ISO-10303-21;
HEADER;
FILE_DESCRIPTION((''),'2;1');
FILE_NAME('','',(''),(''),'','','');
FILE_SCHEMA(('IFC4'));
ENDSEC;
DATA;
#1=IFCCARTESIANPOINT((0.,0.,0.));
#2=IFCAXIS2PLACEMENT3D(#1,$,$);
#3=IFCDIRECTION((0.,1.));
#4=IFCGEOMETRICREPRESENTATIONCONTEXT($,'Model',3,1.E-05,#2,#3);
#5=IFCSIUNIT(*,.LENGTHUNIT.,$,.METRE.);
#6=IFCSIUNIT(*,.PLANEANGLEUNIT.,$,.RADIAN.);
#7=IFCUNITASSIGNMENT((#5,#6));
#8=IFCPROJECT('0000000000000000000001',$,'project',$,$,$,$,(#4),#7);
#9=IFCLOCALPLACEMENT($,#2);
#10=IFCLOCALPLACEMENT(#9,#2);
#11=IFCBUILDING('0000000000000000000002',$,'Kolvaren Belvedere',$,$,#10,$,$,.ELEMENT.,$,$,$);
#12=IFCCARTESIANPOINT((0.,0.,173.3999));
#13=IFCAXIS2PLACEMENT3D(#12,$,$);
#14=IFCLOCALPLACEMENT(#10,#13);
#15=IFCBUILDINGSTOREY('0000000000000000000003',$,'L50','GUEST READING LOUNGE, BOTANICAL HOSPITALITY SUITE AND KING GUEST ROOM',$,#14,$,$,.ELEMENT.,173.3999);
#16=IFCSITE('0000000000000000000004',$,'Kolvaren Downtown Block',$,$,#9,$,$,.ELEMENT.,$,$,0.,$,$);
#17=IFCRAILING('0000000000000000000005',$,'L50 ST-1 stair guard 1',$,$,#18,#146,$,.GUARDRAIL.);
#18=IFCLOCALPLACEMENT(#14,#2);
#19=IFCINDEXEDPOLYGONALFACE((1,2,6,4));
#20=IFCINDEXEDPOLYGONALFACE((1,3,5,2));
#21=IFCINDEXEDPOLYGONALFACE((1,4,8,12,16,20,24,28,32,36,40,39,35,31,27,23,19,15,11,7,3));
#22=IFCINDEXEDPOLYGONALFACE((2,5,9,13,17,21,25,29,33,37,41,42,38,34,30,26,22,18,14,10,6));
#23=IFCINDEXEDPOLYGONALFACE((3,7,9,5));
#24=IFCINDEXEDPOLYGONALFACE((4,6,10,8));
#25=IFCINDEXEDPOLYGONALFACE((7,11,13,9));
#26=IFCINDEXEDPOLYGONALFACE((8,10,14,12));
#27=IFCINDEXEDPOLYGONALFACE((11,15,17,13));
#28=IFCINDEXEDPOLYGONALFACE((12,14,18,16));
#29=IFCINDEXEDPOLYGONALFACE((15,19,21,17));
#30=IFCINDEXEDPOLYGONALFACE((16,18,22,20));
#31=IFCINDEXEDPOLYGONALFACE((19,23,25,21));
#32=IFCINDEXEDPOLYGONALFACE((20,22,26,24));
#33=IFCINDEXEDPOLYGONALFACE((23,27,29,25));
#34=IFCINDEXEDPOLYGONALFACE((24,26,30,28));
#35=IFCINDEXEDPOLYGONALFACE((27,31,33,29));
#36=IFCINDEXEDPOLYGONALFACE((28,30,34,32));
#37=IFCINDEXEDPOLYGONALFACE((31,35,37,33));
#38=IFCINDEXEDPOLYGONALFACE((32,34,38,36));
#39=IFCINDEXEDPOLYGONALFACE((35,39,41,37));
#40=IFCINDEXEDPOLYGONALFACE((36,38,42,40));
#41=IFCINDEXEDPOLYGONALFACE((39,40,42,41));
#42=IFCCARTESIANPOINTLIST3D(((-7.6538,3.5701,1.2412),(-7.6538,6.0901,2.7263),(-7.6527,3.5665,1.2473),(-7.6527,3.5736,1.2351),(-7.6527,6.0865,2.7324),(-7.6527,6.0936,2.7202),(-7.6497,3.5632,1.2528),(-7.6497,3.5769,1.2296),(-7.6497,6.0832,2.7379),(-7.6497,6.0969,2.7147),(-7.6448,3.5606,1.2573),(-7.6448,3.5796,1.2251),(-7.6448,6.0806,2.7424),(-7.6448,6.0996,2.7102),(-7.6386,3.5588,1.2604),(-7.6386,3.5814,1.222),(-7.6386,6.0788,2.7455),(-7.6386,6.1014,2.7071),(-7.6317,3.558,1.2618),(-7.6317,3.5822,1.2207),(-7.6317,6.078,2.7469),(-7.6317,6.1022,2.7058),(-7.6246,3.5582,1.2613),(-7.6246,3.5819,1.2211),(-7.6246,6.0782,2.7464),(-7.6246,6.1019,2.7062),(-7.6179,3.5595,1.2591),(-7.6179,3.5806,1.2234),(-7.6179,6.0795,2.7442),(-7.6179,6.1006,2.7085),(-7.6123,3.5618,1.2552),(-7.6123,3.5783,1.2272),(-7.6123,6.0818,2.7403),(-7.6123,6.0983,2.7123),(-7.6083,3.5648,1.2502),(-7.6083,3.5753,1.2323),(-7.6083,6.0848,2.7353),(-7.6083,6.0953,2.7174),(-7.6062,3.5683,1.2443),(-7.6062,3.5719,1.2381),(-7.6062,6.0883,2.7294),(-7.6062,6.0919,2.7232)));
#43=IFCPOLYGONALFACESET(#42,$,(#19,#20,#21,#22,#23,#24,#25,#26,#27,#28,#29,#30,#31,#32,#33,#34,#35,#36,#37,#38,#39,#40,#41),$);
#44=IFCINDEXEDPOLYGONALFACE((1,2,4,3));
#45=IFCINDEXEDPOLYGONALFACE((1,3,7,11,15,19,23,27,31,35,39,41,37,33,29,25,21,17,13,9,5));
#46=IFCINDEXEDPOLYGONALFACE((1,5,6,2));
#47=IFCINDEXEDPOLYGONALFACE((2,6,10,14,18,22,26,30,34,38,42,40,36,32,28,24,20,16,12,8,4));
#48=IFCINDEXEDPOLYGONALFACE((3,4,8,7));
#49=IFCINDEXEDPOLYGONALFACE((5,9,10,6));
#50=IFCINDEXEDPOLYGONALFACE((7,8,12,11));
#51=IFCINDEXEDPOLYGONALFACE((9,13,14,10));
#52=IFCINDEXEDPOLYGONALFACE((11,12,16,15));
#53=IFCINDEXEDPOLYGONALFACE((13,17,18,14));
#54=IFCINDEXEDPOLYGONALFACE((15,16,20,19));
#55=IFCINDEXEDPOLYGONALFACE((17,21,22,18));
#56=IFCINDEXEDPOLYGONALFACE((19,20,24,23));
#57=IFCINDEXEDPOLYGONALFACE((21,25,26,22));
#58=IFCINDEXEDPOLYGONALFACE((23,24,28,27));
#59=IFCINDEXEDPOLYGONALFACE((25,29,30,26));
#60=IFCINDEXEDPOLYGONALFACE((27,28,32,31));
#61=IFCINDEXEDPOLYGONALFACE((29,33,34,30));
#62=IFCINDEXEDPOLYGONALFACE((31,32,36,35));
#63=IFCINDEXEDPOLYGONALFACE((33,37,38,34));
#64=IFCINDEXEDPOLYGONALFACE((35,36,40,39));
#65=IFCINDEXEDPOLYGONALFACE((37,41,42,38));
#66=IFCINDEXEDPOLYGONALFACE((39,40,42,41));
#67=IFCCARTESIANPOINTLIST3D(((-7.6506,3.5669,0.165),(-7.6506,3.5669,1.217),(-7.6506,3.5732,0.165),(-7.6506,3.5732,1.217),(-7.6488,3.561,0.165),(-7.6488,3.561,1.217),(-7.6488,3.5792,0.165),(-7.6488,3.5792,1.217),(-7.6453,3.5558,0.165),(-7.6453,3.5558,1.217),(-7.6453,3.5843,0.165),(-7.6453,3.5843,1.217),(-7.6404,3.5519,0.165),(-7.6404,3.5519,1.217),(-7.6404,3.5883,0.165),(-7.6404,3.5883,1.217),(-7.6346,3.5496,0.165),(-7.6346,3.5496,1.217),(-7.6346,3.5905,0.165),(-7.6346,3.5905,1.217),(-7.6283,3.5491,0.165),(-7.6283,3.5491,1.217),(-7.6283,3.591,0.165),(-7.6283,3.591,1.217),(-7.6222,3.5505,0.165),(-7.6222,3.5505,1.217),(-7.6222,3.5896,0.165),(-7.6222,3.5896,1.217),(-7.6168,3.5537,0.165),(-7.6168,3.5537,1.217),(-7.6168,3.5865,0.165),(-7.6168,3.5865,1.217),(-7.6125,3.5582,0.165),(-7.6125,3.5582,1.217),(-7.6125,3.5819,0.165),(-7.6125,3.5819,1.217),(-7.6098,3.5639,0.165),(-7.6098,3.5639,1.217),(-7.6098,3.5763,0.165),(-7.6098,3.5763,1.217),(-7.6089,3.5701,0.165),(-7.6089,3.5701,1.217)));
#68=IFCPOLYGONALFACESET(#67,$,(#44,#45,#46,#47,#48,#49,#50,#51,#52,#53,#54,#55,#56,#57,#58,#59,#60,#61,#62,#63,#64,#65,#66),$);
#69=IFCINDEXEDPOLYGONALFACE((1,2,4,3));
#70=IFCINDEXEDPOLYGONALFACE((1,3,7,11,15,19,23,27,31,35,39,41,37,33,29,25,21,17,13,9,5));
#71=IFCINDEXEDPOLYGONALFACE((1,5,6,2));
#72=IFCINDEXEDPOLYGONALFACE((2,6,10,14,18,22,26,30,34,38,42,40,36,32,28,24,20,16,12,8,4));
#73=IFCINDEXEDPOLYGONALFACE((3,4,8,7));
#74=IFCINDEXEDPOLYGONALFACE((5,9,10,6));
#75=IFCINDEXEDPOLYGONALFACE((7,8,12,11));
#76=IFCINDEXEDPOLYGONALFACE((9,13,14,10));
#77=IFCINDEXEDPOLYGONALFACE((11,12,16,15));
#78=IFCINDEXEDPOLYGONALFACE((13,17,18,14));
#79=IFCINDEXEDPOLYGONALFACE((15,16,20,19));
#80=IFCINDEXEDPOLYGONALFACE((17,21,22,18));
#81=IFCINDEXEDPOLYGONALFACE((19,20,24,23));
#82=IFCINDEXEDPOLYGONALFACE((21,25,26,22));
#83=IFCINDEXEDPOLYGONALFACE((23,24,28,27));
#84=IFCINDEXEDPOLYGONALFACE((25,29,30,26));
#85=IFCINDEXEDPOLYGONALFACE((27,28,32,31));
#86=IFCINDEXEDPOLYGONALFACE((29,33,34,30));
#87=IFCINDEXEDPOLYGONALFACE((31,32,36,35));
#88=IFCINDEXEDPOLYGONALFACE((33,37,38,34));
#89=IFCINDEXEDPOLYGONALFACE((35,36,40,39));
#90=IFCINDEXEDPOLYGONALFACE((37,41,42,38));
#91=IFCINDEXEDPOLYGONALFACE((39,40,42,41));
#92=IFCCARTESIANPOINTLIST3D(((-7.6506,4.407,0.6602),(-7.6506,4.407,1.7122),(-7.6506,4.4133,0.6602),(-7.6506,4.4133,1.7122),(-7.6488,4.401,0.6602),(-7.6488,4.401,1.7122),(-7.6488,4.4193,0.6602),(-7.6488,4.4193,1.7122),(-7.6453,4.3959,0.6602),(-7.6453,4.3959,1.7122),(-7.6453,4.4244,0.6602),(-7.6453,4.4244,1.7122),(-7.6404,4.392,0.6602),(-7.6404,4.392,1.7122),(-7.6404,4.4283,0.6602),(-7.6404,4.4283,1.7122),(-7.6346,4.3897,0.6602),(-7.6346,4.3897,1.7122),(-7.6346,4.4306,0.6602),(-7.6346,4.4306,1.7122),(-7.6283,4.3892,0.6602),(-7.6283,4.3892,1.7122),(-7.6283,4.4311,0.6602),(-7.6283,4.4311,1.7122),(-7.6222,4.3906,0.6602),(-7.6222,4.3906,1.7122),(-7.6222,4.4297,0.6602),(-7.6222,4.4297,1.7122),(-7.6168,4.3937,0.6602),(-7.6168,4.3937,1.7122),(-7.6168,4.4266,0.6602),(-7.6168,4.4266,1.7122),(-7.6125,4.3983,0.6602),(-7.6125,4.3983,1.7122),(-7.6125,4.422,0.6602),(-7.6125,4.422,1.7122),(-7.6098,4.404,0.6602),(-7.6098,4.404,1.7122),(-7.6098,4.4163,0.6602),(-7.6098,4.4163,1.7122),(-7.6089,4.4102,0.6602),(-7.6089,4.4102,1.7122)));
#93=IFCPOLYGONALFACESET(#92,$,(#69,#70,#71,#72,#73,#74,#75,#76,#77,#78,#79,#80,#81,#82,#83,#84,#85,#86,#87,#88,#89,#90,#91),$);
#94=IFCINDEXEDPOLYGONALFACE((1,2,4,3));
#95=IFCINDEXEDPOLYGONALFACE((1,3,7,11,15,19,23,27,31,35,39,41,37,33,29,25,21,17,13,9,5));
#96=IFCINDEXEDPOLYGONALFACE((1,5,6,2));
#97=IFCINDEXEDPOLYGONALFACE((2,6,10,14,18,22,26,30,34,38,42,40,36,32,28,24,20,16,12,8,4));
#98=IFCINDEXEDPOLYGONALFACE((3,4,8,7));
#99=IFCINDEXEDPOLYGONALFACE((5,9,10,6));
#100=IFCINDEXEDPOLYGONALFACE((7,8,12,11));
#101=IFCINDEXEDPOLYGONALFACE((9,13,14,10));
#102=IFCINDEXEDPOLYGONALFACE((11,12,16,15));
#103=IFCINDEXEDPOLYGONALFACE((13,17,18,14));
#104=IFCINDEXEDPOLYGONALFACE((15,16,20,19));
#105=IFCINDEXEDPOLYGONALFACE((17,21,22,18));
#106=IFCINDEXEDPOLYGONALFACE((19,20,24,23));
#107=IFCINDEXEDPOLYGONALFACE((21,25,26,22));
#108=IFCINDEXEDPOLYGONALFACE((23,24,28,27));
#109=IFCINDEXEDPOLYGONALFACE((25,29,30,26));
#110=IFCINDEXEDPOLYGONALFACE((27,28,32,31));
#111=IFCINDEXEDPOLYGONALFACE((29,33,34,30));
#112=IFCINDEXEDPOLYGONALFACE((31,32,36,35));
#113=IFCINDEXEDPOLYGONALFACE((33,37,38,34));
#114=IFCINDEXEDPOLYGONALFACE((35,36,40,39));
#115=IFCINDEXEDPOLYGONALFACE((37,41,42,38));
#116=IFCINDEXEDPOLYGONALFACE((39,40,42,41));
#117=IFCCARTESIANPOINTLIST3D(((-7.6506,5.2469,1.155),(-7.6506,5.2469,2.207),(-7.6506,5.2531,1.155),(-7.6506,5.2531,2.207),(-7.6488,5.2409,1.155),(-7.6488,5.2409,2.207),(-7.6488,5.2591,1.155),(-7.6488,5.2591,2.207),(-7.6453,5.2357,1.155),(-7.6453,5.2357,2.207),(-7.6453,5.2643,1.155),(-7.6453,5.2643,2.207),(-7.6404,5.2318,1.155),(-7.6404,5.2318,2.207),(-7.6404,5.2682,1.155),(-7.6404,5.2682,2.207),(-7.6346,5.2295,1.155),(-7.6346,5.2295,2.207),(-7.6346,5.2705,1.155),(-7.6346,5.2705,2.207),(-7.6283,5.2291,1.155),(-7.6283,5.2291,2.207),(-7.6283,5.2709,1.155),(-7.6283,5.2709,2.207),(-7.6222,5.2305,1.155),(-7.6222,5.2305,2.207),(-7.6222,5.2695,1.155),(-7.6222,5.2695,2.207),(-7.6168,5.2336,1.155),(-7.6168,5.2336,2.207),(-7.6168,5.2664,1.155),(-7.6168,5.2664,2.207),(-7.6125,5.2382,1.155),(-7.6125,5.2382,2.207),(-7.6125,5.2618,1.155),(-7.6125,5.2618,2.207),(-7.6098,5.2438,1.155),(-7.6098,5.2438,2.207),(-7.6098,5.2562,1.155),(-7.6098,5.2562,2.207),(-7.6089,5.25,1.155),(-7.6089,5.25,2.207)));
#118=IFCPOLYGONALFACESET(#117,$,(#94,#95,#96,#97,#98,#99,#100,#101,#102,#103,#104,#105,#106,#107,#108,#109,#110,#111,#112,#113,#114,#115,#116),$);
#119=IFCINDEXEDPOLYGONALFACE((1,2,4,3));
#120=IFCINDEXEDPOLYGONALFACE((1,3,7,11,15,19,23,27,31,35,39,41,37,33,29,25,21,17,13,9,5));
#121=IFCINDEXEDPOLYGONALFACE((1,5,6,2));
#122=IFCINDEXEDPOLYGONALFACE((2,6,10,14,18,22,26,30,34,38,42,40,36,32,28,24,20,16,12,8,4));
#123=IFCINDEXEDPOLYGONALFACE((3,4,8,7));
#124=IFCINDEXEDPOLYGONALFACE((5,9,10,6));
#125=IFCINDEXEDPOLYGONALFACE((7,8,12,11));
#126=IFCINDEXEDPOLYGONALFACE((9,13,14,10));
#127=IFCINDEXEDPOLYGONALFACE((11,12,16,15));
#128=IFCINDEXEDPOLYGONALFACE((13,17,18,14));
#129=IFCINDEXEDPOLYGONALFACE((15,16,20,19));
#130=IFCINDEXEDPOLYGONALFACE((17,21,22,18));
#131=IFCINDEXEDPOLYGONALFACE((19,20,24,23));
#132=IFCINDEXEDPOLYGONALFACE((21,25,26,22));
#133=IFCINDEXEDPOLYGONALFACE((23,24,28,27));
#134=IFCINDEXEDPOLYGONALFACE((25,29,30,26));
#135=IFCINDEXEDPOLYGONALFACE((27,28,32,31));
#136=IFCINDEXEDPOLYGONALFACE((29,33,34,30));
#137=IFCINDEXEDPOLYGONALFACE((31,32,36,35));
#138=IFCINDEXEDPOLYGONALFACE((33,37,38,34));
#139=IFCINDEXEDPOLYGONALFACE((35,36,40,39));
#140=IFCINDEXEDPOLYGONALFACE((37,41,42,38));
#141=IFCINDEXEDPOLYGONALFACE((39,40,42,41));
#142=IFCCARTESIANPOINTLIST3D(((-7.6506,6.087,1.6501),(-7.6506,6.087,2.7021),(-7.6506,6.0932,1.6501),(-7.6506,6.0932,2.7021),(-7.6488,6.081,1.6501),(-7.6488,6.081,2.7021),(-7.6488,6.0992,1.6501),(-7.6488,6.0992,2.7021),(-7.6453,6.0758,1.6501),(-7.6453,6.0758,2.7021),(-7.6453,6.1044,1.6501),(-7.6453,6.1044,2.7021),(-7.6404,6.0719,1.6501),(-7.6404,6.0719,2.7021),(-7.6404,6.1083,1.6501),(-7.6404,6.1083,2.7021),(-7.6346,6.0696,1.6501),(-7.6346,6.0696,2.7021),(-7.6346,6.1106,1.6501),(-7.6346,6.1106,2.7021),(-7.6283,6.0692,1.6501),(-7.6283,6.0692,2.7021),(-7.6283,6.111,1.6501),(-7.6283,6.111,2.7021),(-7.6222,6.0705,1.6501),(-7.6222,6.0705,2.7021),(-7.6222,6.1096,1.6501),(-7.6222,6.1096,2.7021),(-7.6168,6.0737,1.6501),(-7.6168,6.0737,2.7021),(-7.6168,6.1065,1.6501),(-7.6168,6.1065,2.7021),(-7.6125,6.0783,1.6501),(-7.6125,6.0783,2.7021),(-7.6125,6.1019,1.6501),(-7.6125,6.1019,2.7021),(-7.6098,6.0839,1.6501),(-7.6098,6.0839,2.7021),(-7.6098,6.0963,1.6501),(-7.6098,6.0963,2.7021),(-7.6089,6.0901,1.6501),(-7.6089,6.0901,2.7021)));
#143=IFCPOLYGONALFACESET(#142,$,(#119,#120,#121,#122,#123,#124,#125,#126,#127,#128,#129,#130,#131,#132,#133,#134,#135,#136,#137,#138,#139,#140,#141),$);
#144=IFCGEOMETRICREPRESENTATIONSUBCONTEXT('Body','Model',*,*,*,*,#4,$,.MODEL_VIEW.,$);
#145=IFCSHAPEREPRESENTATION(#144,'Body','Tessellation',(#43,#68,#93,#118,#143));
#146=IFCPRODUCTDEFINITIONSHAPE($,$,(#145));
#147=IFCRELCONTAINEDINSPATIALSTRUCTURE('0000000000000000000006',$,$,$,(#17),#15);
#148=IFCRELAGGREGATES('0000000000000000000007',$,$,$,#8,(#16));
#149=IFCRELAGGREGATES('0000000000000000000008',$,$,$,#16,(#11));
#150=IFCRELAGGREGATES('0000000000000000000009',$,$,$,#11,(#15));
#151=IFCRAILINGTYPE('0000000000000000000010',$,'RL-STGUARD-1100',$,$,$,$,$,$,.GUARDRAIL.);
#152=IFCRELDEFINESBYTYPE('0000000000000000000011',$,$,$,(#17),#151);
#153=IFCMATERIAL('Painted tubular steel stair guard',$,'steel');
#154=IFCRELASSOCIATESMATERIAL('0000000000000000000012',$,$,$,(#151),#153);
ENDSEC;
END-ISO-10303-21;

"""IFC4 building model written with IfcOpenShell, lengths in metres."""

from ifc_helpers import new_model, si_unit, direction, frame, origin, origin_2d, place, context, subcontext, project, spatial, circle, extrude, material, type_object, element, save


model = new_model("IFC4")

# Units and contexts
model_context = context("Model", 3, precision=1e-05, world=origin(), true_north=direction((0.0, 1.0)))
body_context = subcontext(model_context, "Body", "Model", "MODEL_VIEW")
ifc_project = project(units=[si_unit("LENGTHUNIT", "METRE"), si_unit("PLANEANGLEUNIT", "RADIAN")], contexts=[model_context])

# Site, building, storey
site_placement = place(None, origin())
site = spatial("IfcSite", under=ifc_project, at=site_placement, Name="Kolvaren Downtown Block", CompositionType="ELEMENT", RefElevation=0.0)
building_placement = place(site_placement, origin())
building = spatial("IfcBuilding", under=site, at=building_placement, Name="Kolvaren Belvedere", CompositionType="ELEMENT")
storey_placement = place(building_placement, frame((0.0, 0.0, 173.3999)))
storey = spatial("IfcBuildingStorey", under=building, at=storey_placement, Name="L50", Description="GUEST READING LOUNGE, BOTANICAL HOSPITALITY SUITE AND KING GUEST ROOM", CompositionType="ELEMENT", Elevation=173.3999)

# Railing
ifc_material_1 = material(Name="Painted tubular steel stair guard", Category="steel")
railing_type_1 = type_object("IfcRailingType", Name="RL-STGUARD-1100", PredefinedType="GUARDRAIL", material=ifc_material_1)
railing_1_placement = place(storey_placement, frame((-7.6299, 3.5701, 0.165)))
element("IfcRailing", 1, at=railing_1_placement, inside=storey, type_object=railing_type_1, Name="L50 ST-1 stair guard 1", PredefinedType="GUARDRAIL", context=body_context, shape_type="SweptSolid", body=[
    extrude(circle(Radius=0.0239, at=origin_2d()), frame((0.0, 0.0, 1.0762), z_axis=(0.0, 0.861524, 0.507717), x_axis=(-1.0, 0.0, 0.0)), (0.0, 0.0, 1.0), 2.925),
    extrude(circle(Radius=0.021, at=origin_2d()), origin(), (0.0, 0.0, 1.0), 1.052),
    extrude(circle(Radius=0.021, at=origin_2d()), frame((0.0, 0.8401, 0.4951)), (0.0, 0.0, 1.0), 1.052),
    extrude(circle(Radius=0.021, at=origin_2d()), frame((0.0, 1.6799, 0.99)), (0.0, 0.0, 1.0), 1.052),
    extrude(circle(Radius=0.021, at=origin_2d()), frame((0.0, 2.52, 1.4851)), (0.0, 0.0, 1.0), 1.052),
])

save(model, "model.ifc")
